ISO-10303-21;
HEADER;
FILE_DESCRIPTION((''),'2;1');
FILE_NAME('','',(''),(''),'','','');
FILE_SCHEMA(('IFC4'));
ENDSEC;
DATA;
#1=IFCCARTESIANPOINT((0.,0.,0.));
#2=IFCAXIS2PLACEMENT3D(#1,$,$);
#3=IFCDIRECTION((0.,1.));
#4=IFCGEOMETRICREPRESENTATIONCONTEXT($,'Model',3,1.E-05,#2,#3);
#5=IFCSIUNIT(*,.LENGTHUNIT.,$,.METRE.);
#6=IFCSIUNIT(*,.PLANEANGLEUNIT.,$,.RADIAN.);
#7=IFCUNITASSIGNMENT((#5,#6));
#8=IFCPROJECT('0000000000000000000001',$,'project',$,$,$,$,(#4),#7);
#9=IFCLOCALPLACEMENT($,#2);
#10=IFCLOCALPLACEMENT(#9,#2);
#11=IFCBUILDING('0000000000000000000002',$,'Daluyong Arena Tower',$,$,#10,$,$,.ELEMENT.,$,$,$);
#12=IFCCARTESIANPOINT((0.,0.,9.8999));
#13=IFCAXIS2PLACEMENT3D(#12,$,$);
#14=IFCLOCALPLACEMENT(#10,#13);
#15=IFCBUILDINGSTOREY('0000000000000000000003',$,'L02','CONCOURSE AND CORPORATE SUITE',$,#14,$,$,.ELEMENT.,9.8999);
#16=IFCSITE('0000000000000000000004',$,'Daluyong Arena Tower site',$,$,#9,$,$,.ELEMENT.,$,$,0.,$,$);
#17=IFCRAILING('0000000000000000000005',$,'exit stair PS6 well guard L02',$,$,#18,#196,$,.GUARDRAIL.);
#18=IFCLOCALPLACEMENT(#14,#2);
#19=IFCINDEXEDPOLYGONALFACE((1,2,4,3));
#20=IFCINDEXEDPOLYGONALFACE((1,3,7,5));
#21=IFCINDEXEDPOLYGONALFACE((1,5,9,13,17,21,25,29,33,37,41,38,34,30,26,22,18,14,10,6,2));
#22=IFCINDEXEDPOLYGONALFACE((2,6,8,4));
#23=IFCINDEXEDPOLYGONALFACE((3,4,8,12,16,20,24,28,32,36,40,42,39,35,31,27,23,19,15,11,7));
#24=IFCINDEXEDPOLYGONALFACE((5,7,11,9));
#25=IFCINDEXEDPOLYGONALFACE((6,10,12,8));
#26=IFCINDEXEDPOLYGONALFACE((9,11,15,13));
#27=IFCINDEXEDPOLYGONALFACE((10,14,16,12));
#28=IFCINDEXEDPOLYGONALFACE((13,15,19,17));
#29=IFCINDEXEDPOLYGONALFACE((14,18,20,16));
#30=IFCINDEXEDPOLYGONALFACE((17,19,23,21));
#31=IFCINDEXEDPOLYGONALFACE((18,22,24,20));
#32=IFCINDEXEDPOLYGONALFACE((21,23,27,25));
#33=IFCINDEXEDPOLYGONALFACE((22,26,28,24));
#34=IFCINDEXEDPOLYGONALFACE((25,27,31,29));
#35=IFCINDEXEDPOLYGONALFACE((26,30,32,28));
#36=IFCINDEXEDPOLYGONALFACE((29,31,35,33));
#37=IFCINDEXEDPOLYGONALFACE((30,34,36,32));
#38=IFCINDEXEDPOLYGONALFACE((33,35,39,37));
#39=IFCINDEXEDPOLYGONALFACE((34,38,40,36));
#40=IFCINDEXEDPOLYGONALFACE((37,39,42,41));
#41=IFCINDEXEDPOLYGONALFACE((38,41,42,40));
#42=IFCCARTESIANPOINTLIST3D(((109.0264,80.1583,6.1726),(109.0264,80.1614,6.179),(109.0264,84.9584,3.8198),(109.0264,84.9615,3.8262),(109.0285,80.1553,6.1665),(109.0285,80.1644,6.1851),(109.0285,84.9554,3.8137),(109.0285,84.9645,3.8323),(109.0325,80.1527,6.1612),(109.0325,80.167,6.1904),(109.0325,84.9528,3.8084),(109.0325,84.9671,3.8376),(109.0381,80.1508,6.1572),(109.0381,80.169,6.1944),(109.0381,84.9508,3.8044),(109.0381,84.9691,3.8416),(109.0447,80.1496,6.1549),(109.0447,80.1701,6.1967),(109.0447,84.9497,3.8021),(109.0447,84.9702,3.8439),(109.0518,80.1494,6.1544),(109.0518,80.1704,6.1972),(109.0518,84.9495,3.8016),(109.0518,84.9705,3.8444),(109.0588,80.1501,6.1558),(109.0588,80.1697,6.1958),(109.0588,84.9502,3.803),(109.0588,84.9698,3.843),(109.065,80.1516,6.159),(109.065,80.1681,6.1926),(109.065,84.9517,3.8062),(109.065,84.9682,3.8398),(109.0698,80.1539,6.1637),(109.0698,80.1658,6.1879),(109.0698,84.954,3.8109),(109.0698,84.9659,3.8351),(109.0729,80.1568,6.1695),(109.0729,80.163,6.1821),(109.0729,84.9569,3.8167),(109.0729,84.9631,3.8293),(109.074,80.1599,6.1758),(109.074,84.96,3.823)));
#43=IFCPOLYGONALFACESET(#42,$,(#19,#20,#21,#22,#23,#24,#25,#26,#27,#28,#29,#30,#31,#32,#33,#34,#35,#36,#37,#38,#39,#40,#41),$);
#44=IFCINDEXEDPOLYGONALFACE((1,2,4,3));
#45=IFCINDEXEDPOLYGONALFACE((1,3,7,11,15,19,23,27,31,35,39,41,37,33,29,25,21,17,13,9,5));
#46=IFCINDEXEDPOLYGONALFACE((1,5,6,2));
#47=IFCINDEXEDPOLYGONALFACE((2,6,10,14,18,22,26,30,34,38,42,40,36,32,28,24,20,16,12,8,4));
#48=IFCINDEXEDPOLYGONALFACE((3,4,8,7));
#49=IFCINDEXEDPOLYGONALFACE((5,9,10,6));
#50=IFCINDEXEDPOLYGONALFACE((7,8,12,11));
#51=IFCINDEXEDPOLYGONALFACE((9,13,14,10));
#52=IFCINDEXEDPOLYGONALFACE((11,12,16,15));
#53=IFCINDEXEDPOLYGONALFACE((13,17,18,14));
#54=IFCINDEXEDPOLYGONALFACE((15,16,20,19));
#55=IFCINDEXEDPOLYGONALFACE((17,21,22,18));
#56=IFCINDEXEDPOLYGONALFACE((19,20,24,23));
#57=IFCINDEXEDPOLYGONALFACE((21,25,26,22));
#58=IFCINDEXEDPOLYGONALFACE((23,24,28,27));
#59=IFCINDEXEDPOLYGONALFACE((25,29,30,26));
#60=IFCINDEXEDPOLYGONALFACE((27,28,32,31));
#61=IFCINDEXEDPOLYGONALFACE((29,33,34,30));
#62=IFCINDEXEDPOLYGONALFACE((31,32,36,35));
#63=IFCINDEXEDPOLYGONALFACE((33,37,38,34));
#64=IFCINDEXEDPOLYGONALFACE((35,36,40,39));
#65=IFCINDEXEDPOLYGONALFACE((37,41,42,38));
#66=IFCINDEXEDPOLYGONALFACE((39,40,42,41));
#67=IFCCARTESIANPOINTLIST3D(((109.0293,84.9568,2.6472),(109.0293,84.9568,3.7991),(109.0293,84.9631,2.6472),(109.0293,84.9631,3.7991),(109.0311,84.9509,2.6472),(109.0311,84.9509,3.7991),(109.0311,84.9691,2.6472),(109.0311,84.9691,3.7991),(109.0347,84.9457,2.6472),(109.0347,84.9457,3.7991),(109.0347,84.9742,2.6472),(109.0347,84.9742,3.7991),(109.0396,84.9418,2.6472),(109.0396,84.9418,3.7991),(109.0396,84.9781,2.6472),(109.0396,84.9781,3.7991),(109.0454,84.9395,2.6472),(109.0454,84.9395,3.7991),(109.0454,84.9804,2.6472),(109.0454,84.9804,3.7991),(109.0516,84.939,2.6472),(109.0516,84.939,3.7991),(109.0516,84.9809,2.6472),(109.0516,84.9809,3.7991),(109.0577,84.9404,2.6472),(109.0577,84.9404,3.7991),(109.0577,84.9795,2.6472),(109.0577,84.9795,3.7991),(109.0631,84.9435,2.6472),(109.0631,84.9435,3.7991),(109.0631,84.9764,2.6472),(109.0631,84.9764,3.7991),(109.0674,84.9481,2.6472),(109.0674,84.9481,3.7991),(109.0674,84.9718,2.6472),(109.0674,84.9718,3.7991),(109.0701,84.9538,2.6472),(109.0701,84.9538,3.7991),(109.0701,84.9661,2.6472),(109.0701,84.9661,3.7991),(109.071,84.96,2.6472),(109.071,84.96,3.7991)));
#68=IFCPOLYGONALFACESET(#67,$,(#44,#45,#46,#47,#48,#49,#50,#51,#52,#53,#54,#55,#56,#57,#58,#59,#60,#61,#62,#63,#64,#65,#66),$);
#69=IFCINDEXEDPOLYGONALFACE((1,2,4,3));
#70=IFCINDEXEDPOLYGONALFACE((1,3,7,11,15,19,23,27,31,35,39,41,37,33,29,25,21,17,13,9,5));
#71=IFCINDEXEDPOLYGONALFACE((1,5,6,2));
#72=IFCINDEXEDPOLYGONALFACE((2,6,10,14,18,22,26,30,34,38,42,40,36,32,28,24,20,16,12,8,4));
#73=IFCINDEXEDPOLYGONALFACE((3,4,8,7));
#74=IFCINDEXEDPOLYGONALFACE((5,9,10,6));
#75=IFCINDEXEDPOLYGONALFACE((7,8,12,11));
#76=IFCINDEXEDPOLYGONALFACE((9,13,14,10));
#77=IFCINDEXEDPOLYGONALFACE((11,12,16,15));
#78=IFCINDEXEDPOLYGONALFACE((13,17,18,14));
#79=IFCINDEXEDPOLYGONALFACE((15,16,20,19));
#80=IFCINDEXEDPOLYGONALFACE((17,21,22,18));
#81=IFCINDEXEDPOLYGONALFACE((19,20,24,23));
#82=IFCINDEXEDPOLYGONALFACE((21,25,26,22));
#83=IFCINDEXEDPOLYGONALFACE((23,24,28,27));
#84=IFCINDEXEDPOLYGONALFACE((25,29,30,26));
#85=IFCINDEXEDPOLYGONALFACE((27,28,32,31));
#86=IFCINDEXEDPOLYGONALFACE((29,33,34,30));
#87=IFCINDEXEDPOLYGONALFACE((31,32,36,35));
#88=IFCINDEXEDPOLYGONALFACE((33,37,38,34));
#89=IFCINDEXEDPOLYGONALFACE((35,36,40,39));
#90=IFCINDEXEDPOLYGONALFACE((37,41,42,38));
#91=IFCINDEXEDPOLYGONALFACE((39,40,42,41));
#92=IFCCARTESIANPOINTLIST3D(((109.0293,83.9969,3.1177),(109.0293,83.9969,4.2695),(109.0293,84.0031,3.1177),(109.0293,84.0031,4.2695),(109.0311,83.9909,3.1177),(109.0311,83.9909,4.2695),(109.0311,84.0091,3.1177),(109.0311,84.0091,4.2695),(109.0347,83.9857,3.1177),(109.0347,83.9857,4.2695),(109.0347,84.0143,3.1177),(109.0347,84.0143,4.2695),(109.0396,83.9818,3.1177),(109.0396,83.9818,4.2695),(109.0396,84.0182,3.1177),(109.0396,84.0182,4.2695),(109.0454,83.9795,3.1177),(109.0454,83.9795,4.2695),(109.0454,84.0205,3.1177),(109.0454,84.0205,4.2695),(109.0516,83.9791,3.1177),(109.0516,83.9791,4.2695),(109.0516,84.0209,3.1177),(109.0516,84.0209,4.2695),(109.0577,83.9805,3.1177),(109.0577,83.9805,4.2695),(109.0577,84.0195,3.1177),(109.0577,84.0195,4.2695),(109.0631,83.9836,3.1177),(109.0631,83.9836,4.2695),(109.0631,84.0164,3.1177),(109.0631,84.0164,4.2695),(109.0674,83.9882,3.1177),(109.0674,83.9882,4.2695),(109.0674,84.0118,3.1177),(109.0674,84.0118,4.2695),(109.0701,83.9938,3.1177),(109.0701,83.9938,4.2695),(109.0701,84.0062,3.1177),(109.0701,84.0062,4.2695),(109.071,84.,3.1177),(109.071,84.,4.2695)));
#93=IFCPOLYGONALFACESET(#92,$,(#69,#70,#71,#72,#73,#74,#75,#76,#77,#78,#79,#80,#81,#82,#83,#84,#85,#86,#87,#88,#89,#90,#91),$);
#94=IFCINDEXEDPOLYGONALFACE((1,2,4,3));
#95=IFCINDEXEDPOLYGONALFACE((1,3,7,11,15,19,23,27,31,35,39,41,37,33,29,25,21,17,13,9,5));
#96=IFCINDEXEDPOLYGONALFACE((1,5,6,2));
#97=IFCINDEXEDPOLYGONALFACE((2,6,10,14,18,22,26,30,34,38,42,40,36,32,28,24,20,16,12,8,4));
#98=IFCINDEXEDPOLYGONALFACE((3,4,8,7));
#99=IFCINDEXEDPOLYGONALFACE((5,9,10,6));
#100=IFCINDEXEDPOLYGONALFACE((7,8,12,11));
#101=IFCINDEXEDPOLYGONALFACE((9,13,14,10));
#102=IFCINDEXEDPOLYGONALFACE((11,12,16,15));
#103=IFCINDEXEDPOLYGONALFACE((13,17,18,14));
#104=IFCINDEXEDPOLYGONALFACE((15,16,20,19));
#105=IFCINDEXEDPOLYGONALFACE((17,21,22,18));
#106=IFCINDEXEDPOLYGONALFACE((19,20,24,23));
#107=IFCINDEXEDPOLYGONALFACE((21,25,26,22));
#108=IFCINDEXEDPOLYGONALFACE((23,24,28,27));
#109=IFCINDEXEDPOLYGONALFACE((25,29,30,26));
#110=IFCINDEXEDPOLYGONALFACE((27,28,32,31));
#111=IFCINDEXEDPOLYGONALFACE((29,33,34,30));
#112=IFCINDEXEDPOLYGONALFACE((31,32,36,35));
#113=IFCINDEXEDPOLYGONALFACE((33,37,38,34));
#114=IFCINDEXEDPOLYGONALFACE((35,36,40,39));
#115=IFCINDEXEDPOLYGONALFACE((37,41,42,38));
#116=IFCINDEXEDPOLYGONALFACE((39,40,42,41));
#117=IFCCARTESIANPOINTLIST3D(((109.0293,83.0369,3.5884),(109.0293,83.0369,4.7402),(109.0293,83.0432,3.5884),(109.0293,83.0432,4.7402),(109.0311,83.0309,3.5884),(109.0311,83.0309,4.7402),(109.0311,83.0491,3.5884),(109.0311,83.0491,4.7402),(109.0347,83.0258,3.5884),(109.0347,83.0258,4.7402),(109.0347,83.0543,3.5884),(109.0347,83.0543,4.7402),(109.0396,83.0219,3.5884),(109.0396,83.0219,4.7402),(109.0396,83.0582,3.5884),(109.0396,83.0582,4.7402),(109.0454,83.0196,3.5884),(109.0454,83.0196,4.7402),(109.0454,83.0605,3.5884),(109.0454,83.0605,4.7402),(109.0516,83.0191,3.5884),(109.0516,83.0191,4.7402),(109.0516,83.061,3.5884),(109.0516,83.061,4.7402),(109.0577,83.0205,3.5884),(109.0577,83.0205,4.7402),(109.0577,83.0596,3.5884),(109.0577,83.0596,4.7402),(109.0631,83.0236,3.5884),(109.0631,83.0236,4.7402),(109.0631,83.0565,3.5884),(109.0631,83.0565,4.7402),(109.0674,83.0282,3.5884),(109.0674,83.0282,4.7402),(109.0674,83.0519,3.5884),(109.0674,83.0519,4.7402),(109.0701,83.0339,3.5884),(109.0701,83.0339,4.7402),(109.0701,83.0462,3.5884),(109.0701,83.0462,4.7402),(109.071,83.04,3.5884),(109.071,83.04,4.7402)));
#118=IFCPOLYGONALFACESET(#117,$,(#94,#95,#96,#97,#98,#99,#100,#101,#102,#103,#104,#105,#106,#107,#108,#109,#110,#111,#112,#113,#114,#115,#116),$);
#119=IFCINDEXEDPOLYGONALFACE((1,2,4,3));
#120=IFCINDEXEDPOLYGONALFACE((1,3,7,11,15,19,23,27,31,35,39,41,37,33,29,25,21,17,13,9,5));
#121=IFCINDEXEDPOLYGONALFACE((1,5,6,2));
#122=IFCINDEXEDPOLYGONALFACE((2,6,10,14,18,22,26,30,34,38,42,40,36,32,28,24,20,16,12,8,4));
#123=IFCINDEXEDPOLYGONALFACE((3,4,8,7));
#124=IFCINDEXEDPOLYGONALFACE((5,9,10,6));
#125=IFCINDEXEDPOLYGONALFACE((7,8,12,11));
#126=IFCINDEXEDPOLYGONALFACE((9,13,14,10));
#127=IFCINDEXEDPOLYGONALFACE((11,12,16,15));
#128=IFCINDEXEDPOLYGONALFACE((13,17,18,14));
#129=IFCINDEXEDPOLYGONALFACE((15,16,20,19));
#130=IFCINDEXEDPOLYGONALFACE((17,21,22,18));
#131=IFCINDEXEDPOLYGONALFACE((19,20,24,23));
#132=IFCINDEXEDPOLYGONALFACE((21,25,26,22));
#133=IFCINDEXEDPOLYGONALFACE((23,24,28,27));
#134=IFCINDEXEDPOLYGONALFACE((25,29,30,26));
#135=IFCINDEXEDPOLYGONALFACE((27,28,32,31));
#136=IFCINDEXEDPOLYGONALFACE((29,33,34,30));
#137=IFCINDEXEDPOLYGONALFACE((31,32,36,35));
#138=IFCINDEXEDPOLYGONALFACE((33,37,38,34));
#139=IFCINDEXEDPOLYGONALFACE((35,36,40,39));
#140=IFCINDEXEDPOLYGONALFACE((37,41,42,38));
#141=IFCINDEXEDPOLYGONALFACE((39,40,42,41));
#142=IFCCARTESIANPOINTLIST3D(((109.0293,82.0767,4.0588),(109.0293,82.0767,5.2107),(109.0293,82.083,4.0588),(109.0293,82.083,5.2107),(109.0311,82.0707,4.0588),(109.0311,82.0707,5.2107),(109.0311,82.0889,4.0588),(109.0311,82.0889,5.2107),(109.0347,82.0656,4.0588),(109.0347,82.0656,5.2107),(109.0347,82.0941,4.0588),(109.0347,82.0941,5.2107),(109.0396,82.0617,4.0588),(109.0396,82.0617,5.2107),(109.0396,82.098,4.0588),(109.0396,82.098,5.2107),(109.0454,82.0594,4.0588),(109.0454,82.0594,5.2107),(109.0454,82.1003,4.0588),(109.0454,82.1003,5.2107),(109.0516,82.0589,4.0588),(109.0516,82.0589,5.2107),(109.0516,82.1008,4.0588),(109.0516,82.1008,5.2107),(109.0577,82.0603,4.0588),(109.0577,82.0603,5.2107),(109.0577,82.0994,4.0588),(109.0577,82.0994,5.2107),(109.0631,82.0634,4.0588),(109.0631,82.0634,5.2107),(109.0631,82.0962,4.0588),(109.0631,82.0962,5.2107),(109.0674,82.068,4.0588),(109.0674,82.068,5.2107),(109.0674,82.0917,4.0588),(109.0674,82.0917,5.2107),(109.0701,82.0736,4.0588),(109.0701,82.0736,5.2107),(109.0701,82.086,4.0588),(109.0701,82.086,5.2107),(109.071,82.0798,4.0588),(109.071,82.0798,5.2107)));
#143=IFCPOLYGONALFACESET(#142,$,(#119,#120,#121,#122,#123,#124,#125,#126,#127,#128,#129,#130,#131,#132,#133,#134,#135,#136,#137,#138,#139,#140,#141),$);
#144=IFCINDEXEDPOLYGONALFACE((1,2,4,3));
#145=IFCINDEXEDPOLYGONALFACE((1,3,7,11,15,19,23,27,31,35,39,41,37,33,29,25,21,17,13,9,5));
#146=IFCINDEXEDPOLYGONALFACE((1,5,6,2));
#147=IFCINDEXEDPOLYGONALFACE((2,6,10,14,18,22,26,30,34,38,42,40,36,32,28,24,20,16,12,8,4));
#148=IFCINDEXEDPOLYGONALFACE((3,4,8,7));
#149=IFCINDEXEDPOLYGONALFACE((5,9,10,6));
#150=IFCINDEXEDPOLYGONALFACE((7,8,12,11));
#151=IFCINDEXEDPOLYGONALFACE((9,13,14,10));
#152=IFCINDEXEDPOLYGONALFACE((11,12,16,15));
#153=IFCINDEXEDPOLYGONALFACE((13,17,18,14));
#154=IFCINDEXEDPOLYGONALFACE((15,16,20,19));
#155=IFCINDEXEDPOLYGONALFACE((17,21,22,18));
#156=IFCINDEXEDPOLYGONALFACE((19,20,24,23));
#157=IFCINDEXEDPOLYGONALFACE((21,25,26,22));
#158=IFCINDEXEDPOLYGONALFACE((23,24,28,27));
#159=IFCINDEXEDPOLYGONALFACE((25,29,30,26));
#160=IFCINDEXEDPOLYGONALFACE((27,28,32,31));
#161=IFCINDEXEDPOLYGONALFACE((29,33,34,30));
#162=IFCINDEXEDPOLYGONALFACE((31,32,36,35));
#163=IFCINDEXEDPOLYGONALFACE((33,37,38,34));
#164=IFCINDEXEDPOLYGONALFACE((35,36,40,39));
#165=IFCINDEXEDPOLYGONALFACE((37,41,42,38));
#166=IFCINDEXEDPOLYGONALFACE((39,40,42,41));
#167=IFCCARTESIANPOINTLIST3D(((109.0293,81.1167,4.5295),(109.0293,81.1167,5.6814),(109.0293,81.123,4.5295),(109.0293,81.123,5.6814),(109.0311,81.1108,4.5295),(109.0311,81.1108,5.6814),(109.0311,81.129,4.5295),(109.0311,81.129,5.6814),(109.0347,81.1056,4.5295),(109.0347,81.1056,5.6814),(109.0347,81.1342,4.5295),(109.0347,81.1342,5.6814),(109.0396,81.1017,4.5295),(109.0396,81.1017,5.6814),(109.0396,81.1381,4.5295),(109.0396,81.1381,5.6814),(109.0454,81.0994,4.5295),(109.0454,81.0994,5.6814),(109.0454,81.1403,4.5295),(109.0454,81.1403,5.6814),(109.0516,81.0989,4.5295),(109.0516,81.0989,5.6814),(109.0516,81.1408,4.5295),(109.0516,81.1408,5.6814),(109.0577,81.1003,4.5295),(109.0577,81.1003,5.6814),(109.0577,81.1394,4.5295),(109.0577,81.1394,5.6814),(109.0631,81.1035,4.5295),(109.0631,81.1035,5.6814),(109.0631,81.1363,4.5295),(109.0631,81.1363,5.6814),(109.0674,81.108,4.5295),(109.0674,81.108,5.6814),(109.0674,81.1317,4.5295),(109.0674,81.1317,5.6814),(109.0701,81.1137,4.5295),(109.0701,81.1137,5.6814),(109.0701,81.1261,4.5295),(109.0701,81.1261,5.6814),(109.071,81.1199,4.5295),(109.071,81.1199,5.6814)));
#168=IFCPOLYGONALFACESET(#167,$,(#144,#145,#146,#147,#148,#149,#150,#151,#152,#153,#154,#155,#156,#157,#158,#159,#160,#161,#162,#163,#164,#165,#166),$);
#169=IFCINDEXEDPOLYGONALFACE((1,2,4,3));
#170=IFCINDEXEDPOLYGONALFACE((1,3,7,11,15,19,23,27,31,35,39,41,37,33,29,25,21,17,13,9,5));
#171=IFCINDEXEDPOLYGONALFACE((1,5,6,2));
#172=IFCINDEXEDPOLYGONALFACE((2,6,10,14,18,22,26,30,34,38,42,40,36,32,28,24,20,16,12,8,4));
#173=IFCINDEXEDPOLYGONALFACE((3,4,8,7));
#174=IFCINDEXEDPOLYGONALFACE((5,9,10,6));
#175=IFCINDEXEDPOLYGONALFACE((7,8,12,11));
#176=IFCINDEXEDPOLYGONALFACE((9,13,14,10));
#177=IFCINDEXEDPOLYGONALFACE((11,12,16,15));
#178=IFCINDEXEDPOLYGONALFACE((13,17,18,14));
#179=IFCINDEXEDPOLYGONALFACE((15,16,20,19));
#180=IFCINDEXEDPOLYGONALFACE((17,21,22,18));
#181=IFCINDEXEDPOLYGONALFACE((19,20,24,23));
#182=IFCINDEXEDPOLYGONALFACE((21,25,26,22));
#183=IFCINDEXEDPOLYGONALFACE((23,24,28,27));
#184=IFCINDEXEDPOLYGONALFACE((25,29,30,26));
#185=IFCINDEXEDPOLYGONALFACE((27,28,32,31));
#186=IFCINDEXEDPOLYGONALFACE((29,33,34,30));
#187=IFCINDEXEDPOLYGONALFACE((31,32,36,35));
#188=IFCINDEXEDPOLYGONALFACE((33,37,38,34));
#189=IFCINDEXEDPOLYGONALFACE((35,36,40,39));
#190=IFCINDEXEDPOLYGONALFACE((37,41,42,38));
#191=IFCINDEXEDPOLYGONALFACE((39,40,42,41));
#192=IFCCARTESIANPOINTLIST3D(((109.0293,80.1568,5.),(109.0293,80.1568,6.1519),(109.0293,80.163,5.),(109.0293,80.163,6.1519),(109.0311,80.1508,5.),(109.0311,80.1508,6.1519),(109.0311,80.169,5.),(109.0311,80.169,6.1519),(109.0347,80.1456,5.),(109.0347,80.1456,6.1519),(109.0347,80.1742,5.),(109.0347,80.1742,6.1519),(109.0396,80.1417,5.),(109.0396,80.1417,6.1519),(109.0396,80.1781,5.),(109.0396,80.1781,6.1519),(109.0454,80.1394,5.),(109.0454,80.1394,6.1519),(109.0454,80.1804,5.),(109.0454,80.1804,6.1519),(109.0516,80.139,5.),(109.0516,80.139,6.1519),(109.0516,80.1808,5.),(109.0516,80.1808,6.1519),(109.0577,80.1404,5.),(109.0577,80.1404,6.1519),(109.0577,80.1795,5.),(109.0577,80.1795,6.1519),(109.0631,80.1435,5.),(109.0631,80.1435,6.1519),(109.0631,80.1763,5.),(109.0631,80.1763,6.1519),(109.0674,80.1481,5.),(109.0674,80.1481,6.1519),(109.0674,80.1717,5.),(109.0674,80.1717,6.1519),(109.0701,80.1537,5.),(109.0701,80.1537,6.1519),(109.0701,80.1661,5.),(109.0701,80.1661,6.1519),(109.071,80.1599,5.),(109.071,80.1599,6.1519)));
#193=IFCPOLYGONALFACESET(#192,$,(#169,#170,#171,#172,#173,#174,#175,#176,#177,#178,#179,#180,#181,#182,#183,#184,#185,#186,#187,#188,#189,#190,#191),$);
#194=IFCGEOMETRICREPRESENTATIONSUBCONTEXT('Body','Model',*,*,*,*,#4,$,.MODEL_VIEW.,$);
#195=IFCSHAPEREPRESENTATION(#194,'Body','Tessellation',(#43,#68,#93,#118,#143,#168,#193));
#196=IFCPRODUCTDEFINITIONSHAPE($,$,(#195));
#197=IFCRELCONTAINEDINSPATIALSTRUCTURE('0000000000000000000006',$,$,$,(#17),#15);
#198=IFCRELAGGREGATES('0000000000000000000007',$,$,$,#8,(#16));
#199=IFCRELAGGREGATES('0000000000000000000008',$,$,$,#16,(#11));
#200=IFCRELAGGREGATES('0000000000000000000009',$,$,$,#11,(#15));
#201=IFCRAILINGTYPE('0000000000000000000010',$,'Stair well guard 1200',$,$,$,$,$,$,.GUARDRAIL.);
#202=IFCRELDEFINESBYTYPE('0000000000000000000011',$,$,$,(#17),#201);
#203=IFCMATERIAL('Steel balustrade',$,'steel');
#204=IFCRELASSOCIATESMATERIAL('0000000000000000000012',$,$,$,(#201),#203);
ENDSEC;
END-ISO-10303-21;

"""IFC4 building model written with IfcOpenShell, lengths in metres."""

from ifc_helpers import new_model, si_unit, direction, frame, origin, origin_2d, place, context, subcontext, project, spatial, circle, extrude, material, type_object, element, save


model = new_model("IFC4")

# Units and contexts
model_context = context("Model", 3, precision=1e-05, world=origin(), true_north=direction((0.0, 1.0)))
body_context = subcontext(model_context, "Body", "Model", "MODEL_VIEW")
ifc_project = project(units=[si_unit("LENGTHUNIT", "METRE"), si_unit("PLANEANGLEUNIT", "RADIAN")], contexts=[model_context])

# Site, building, storey
site_placement = place(None, origin())
site = spatial("IfcSite", under=ifc_project, at=site_placement, Name="Daluyong Arena Tower site", CompositionType="ELEMENT", RefElevation=0.0)
building_placement = place(site_placement, origin())
building = spatial("IfcBuilding", under=site, at=building_placement, Name="Daluyong Arena Tower", CompositionType="ELEMENT")
storey_placement = place(building_placement, frame((0.0, 0.0, 9.8999)))
storey = spatial("IfcBuildingStorey", under=building, at=storey_placement, Name="L02", Description="CONCOURSE AND CORPORATE SUITE", CompositionType="ELEMENT", Elevation=9.8999)

# Railing
ifc_material_1 = material(Name="Steel balustrade", Category="steel")
railing_type_1 = type_object("IfcRailingType", Name="Stair well guard 1200", PredefinedType="GUARDRAIL", material=ifc_material_1)
railing_1_placement = place(storey_placement, frame((109.05, 84.96, 2.6472)))
element("IfcRailing", 1, at=railing_1_placement, inside=storey, type_object=railing_type_1, Name="exit stair PS6 well guard L02", PredefinedType="GUARDRAIL", context=body_context, shape_type="SweptSolid", body=[
    extrude(circle(Radius=0.0239, at=origin_2d()), frame((0.0, 0.0, 1.1758), z_axis=(0.0, -0.897934, 0.44013), x_axis=(1.0, 0.0, 0.0)), (0.0, 0.0, 1.0), 5.3457),
    extrude(circle(Radius=0.021, at=origin_2d()), origin(), (0.0, 0.0, 1.0), 1.1519),
    extrude(circle(Radius=0.021, at=origin_2d()), frame((0.0, -0.96, 0.4705)), (0.0, 0.0, 1.0), 1.1519),
    extrude(circle(Radius=0.021, at=origin_2d()), frame((0.0, -1.9199, 0.9412)), (0.0, 0.0, 1.0), 1.1519),
    extrude(circle(Radius=0.021, at=origin_2d()), frame((0.0, -2.8801, 1.4116)), (0.0, 0.0, 1.0), 1.1519),
    extrude(circle(Radius=0.021, at=origin_2d()), frame((0.0, -3.8401, 1.8823)), (0.0, 0.0, 1.0), 1.1519),
    extrude(circle(Radius=0.021, at=origin_2d()), frame((0.0, -4.8, 2.3528)), (0.0, 0.0, 1.0), 1.1519),
])

save(model, "model.ifc")
